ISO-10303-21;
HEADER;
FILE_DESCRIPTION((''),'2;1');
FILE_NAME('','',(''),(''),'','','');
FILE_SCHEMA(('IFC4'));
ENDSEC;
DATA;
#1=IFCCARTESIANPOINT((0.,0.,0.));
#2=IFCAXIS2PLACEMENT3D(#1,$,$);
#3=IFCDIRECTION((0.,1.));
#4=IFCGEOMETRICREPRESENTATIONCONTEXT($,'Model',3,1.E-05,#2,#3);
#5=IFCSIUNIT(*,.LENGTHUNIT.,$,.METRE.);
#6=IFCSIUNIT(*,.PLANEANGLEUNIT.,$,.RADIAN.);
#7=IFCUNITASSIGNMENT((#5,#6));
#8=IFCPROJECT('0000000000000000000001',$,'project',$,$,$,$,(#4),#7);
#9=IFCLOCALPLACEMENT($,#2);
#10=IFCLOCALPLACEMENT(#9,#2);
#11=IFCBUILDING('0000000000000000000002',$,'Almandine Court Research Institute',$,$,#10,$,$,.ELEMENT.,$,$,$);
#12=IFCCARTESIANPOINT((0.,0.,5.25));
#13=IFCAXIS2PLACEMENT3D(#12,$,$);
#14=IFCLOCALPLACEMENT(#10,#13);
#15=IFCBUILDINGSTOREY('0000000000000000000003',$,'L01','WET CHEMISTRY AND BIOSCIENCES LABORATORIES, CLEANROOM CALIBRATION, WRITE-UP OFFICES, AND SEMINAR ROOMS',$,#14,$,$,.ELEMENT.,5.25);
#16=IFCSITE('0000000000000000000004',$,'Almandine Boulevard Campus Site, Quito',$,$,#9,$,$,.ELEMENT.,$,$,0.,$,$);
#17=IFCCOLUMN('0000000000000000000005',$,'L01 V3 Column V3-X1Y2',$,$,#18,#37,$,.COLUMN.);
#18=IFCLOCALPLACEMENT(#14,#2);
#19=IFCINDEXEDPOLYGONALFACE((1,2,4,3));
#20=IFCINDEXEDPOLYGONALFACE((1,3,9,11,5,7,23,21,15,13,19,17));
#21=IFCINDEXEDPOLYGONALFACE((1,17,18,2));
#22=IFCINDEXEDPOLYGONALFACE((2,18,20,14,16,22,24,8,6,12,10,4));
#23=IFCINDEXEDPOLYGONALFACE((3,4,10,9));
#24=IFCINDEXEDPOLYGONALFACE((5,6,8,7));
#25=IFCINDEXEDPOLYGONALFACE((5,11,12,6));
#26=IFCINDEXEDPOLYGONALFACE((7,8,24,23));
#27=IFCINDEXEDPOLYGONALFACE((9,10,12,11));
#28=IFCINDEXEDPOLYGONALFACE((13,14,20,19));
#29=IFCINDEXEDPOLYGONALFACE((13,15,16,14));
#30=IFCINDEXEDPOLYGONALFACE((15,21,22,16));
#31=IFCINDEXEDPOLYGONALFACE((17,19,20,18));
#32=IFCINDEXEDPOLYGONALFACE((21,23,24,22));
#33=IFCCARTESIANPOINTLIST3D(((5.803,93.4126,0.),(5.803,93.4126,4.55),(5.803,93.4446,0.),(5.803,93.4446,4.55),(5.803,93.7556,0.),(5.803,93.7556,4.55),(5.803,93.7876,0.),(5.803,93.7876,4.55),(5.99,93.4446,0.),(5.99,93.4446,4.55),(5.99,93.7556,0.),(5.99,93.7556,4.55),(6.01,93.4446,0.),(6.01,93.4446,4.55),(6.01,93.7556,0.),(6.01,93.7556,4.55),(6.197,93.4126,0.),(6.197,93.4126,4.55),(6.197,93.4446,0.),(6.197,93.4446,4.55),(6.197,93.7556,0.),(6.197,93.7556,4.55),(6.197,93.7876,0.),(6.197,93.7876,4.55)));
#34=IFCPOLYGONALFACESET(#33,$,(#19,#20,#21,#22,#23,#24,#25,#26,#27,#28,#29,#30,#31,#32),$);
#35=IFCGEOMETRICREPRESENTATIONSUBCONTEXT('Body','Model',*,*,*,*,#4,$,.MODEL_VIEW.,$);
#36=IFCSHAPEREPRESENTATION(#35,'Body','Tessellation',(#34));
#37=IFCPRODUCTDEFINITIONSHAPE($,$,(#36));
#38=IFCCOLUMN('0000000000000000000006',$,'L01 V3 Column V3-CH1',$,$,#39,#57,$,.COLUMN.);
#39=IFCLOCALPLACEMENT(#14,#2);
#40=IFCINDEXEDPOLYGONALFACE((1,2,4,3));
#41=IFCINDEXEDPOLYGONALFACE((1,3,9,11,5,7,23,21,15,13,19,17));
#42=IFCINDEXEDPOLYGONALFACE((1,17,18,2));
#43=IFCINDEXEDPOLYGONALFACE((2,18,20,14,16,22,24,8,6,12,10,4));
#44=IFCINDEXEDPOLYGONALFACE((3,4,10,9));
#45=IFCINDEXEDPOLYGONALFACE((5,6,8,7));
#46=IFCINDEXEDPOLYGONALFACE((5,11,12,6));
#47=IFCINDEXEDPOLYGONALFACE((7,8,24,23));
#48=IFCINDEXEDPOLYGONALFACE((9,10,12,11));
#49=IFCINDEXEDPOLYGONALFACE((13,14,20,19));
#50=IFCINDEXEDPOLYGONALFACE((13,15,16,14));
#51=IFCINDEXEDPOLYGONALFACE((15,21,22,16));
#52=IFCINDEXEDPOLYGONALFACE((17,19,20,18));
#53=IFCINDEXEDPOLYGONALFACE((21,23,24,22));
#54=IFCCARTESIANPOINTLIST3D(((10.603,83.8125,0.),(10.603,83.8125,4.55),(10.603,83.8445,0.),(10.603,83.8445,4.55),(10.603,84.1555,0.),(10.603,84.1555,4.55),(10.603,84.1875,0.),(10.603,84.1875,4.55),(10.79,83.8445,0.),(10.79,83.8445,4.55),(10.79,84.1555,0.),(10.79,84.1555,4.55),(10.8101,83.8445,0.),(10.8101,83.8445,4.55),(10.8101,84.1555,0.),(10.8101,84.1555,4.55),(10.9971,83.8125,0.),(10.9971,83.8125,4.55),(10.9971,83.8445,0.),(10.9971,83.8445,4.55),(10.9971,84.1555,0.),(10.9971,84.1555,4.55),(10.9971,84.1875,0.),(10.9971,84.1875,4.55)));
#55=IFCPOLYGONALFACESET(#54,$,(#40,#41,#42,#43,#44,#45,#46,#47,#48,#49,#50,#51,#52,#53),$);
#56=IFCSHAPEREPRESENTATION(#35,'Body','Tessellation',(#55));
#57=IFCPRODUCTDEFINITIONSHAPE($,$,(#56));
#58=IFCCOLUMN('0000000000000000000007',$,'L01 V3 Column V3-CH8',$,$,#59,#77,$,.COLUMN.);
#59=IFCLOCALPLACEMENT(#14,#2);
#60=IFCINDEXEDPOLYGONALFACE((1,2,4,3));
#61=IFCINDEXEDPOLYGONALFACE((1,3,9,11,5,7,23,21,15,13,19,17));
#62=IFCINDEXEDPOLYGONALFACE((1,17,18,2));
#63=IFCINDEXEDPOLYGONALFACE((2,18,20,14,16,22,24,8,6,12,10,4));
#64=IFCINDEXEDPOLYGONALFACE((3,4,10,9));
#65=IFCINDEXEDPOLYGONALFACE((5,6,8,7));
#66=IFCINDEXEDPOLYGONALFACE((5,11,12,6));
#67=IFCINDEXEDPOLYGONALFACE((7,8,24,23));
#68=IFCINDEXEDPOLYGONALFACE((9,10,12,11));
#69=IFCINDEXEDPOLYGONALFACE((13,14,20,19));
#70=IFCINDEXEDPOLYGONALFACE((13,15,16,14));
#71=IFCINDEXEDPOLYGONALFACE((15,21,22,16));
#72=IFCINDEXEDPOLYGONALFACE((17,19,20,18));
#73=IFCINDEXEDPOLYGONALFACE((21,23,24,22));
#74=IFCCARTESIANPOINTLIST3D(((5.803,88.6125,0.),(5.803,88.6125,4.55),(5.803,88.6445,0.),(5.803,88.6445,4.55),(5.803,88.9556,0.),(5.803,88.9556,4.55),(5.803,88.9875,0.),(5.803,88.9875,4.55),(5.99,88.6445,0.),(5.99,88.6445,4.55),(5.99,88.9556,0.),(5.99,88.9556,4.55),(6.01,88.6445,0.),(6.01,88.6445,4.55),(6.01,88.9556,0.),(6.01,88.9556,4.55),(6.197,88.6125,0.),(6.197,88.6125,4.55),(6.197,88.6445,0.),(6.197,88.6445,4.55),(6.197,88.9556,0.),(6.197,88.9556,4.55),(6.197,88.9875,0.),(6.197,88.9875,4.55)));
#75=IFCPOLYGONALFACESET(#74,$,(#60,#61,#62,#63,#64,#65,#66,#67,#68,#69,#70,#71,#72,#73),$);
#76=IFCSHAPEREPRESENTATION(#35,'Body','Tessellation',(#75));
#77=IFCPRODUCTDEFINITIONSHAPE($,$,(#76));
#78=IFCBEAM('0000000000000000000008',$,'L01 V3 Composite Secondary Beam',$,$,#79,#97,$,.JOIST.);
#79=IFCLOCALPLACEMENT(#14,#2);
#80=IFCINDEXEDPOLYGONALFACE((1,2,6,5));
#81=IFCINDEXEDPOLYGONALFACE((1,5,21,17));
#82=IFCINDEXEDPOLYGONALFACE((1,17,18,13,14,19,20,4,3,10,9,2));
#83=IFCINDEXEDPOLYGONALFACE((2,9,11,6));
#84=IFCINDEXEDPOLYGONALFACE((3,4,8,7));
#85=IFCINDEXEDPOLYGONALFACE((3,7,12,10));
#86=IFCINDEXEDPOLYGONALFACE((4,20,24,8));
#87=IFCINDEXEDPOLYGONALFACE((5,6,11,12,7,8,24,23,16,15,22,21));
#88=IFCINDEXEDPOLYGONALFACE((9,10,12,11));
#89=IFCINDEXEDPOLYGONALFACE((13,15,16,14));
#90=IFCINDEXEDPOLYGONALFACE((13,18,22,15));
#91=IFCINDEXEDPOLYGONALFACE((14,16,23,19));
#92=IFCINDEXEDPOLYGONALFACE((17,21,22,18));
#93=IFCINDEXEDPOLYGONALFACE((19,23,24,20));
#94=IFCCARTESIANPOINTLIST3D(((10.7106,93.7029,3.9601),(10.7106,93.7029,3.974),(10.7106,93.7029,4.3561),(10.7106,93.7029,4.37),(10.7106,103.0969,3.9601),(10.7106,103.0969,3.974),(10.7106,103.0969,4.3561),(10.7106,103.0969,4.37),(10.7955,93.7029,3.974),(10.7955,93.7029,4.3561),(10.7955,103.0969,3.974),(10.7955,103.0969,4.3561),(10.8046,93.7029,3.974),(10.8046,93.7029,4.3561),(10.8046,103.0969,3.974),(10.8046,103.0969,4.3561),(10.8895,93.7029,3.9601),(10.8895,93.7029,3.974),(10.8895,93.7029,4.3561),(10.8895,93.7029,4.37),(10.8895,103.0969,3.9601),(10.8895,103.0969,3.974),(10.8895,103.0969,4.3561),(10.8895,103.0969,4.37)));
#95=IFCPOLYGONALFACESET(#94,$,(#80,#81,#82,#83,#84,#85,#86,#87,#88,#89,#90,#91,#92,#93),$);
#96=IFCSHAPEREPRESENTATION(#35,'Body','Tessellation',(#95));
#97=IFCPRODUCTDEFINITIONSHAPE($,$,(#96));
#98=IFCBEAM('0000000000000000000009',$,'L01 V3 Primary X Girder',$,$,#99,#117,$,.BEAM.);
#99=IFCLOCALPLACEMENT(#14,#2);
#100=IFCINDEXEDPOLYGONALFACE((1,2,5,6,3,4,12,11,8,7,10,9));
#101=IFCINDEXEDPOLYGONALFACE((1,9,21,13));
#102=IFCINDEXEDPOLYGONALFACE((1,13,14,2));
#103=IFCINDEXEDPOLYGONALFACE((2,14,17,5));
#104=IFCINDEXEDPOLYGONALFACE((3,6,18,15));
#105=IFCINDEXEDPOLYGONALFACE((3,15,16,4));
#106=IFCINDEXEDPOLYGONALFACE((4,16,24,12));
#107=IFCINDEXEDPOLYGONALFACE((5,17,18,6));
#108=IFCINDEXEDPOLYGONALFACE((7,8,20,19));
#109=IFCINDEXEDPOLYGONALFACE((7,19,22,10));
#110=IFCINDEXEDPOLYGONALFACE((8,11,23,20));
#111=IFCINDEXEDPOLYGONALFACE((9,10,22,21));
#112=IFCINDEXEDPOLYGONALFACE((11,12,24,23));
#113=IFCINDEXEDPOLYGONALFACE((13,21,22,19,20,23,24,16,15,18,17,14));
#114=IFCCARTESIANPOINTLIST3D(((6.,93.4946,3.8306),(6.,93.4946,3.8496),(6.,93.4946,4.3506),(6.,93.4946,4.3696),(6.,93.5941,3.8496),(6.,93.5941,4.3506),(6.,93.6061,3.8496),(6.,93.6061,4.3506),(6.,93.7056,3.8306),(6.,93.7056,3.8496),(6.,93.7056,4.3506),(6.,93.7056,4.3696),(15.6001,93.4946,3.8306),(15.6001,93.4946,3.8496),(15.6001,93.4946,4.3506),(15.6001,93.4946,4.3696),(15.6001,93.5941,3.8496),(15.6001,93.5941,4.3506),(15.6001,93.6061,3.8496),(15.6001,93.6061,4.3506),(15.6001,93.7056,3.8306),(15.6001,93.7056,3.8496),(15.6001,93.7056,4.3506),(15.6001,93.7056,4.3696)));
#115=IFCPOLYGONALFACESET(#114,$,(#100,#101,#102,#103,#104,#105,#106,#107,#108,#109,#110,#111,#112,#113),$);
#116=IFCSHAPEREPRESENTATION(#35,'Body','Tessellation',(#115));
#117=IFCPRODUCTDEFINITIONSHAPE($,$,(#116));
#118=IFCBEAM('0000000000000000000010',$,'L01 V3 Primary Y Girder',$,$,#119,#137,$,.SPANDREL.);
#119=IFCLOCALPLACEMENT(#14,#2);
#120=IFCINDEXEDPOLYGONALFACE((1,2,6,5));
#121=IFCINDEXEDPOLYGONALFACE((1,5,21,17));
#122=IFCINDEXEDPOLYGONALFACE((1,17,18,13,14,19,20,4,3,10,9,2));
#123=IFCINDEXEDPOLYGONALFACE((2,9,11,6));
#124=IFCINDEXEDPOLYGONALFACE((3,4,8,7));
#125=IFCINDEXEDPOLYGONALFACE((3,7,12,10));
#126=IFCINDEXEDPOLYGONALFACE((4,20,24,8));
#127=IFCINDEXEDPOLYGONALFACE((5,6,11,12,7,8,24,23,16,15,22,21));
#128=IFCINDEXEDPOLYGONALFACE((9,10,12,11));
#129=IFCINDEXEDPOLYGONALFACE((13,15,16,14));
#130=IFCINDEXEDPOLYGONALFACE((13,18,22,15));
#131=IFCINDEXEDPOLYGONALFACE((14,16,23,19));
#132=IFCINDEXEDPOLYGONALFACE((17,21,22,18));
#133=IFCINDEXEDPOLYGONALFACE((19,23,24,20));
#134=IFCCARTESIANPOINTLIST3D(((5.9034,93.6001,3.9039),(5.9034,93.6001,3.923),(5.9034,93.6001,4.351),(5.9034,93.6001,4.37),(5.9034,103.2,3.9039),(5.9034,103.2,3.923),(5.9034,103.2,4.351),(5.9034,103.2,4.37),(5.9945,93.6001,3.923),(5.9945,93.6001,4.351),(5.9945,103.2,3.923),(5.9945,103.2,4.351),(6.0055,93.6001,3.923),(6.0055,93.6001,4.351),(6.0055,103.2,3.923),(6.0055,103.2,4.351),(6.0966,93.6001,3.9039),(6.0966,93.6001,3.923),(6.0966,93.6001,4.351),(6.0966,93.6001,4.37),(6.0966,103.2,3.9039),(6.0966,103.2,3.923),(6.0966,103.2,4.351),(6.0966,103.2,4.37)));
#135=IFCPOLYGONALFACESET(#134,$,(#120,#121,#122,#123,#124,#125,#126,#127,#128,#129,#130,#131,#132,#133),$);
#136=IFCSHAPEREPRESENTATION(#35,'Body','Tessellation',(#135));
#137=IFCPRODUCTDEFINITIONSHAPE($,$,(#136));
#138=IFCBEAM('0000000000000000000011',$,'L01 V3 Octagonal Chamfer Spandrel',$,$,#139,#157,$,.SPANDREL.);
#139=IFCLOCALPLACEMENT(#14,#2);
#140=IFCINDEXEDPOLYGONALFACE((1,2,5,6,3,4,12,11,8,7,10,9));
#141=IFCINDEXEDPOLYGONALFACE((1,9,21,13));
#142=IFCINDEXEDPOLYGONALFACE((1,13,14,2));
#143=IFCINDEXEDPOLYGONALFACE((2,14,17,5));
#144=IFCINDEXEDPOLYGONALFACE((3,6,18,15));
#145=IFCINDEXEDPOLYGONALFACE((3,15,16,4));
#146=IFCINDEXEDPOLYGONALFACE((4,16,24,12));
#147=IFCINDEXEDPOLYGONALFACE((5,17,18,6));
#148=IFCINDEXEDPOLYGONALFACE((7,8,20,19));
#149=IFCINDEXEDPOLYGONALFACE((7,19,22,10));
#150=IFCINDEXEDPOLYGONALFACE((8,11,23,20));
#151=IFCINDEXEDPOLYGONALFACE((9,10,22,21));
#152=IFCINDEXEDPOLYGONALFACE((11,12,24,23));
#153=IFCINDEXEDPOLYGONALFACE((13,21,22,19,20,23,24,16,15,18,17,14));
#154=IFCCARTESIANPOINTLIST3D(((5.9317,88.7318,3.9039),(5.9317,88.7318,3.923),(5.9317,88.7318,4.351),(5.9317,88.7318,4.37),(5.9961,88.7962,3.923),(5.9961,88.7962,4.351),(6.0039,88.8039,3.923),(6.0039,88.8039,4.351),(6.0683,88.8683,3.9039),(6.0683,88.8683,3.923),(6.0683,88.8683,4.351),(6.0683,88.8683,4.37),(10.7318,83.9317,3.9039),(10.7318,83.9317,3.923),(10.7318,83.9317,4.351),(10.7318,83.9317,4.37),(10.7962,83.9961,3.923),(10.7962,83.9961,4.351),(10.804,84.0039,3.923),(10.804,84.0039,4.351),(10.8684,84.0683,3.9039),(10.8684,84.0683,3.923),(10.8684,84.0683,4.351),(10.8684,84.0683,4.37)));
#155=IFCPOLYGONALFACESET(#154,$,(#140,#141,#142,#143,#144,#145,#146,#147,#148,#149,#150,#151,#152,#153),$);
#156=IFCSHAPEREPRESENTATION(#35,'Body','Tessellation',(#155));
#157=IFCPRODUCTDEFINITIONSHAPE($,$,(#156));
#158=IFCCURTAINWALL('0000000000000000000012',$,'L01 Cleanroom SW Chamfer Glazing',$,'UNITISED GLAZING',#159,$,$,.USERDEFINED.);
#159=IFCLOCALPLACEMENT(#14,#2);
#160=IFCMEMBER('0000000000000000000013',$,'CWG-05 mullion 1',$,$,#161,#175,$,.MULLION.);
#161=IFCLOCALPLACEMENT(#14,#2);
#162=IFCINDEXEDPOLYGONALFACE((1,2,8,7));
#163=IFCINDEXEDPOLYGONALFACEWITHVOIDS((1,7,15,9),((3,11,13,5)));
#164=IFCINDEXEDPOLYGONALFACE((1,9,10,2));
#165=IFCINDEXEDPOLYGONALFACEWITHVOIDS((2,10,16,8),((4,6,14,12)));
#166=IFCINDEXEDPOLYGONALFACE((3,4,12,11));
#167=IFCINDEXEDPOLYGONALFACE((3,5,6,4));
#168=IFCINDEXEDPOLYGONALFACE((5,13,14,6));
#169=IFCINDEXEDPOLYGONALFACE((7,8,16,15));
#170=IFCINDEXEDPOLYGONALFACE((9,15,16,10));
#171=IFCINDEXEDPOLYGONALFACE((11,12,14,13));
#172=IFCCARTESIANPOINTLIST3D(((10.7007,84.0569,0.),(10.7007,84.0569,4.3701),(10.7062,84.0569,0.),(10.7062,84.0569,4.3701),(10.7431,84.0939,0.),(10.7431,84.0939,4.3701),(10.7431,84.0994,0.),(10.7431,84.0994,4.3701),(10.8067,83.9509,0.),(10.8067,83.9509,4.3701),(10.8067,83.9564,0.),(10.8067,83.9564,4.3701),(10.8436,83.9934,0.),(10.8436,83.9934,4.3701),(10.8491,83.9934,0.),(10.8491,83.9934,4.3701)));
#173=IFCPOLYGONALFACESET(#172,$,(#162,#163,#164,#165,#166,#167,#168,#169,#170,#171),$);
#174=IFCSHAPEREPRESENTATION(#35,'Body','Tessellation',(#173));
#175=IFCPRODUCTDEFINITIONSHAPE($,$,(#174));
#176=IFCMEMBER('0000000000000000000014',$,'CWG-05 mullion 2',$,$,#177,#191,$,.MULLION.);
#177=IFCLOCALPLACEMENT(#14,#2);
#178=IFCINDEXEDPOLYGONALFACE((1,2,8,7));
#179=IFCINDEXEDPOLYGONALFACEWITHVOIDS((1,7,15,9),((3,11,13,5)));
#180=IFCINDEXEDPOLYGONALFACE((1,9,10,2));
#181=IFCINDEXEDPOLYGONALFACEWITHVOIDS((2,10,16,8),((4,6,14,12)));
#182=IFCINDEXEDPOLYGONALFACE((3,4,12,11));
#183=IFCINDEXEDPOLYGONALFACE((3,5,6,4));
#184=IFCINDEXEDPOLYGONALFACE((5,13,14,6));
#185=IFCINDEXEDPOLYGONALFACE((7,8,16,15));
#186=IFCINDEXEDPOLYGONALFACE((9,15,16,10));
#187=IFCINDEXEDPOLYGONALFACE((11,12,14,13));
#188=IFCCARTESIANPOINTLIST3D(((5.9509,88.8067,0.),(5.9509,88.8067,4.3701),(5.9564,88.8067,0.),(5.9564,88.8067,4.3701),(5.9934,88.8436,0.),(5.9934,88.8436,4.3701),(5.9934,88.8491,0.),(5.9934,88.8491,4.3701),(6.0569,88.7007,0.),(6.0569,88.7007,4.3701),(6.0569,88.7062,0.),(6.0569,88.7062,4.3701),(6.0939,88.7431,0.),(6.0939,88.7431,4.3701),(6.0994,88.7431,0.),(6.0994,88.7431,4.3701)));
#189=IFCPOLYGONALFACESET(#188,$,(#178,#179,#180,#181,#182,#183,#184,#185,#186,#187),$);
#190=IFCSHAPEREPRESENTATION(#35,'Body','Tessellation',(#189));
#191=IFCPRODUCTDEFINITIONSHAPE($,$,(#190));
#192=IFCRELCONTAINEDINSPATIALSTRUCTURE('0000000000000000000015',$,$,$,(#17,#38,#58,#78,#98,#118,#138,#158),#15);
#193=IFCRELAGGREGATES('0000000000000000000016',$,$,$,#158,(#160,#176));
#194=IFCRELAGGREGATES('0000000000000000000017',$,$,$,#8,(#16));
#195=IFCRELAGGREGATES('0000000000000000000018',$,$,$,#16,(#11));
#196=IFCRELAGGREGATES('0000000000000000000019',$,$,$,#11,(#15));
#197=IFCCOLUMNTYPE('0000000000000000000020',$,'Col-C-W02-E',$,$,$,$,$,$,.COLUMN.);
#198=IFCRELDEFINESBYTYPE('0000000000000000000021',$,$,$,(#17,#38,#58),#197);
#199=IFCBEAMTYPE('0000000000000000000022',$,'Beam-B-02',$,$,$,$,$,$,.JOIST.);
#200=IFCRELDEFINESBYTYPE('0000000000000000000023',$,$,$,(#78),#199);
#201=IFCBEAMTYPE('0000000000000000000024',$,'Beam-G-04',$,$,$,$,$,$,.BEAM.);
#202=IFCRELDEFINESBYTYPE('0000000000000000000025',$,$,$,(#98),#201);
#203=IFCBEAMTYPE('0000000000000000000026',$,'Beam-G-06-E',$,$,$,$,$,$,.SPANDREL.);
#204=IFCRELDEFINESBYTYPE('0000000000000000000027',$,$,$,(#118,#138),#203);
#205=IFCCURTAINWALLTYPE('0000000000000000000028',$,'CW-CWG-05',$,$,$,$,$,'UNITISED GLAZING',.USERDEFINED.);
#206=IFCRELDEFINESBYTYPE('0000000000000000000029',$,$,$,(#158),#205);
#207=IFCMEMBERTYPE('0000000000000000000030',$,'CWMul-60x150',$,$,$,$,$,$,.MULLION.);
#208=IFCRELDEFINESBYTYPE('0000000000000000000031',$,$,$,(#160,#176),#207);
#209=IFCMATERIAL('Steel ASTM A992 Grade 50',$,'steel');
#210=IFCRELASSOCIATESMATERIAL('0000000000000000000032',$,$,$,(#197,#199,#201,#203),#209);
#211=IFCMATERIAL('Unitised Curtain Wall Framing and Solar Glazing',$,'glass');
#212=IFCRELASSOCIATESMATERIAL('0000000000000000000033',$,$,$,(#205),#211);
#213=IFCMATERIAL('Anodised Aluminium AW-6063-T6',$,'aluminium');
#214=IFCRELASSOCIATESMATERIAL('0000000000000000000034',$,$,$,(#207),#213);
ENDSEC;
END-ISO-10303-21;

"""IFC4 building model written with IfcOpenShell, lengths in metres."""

from ifc_helpers import new_model, si_unit, direction, frame, origin, origin_2d, place, context, subcontext, project, spatial, hollow_rectangle, i_section, extrude, material, material_profile, profile_set, type_object, element, aggregate, save


model = new_model("IFC4")

# Units and contexts
model_context = context("Model", 3, precision=1e-05, world=origin(), true_north=direction((0.0, 1.0)))
body_context = subcontext(model_context, "Body", "Model", "MODEL_VIEW")
ifc_project = project(units=[si_unit("LENGTHUNIT", "METRE"), si_unit("PLANEANGLEUNIT", "RADIAN")], contexts=[model_context])

# Site, building, storey
site_placement = place(None, origin())
site = spatial("IfcSite", under=ifc_project, at=site_placement, Name="Almandine Boulevard Campus Site, Quito", CompositionType="ELEMENT", RefElevation=0.0)
building_placement = place(site_placement, origin())
building = spatial("IfcBuilding", under=site, at=building_placement, Name="Almandine Court Research Institute", CompositionType="ELEMENT")
storey_placement = place(building_placement, frame((0.0, 0.0, 5.25)))
storey = spatial("IfcBuildingStorey", under=building, at=storey_placement, Name="L01", Description="WET CHEMISTRY AND BIOSCIENCES LABORATORIES, CLEANROOM CALIBRATION, WRITE-UP OFFICES, AND SEMINAR ROOMS", CompositionType="ELEMENT", Elevation=5.25)

# Columns
ifc_material_1 = material(Name="Steel ASTM A992 Grade 50", Category="steel")
ifc_material_profile_1 = material_profile(ifc_material_1, i_section(OverallWidth=0.394, OverallDepth=0.375, WebThickness=0.02, FlangeThickness=0.032, at=origin_2d()), Name="W360x216")
ifc_profile_set_1 = profile_set([ifc_material_profile_1], Name="Steel ASTM A992 Grade 50")
column_type = type_object("IfcColumnType", Name="Col-C-W02-E", PredefinedType="COLUMN", material=ifc_profile_set_1)
for number, where, z_axis, x_axis, name in (
    (1, (6.0, 93.6001, 0.0), (0.0, 0.0, 1.0), (1.0, 0.0, 0.0), "L01 V3 Column V3-X1Y2"),
    (2, (10.8, 84.0, 0.0), (0.0, 0.0, 1.0), (1.0, 0.0, 0.0), "L01 V3 Column V3-CH1"),
    (3, (6.0, 88.8, 0.0), (0.0, 0.0, 1.0), (1.0, 0.0, 0.0), "L01 V3 Column V3-CH8"),
):
    element("IfcColumn", number, at=place(storey_placement, frame(where, z_axis=z_axis, x_axis=x_axis)), inside=storey, type_object=column_type, Name=name, PredefinedType="COLUMN", context=body_context, shape_type="SweptSolid", body=[
        extrude(i_section(OverallWidth=0.394, OverallDepth=0.375, WebThickness=0.02, FlangeThickness=0.032, at=origin_2d()), origin(), (0.0, 0.0, 1.0), 4.55),
    ])

# Beams
ifc_material_profile_2 = material_profile(ifc_material_1, i_section(OverallWidth=0.179, OverallDepth=0.4099, WebThickness=0.009, FlangeThickness=0.0139, at=origin_2d()), Name="W410x67")
ifc_profile_set_2 = profile_set([ifc_material_profile_2], Name="Steel ASTM A992 Grade 50")
beam_type_1 = type_object("IfcBeamType", Name="Beam-B-02", PredefinedType="JOIST", material=ifc_profile_set_2)
beam_1_placement = place(storey_placement, frame((10.8, 93.7029, 4.165), z_axis=(0.0, 1.0, 0.0), x_axis=(-1.0, 0.0, 0.0)))
element("IfcBeam", 4, at=beam_1_placement, inside=storey, type_object=beam_type_1, Name="L01 V3 Composite Secondary Beam", PredefinedType="JOIST", context=body_context, shape_type="SweptSolid", body=[
    extrude(i_section(OverallWidth=0.179, OverallDepth=0.4099, WebThickness=0.009, FlangeThickness=0.0139, at=origin_2d()), origin(), (0.0, 0.0, 1.0), 9.394),
])
ifc_material_profile_3 = material_profile(ifc_material_1, i_section(OverallWidth=0.2109, OverallDepth=0.5391, WebThickness=0.012, FlangeThickness=0.019, at=origin_2d()), Name="W530x109")
ifc_profile_set_3 = profile_set([ifc_material_profile_3], Name="Steel ASTM A992 Grade 50")
beam_type_2 = type_object("IfcBeamType", Name="Beam-G-04", PredefinedType="BEAM", material=ifc_profile_set_3)
beam_2_placement = place(storey_placement, frame((6.0, 93.6001, 4.1001), z_axis=(1.0, 0.0, 0.0), x_axis=(0.0, 1.0, 0.0)))
element("IfcBeam", 5, at=beam_2_placement, inside=storey, type_object=beam_type_2, Name="L01 V3 Primary X Girder", PredefinedType="BEAM", context=body_context, shape_type="SweptSolid", body=[
    extrude(i_section(OverallWidth=0.2109, OverallDepth=0.5391, WebThickness=0.012, FlangeThickness=0.019, at=origin_2d()), origin(), (0.0, 0.0, 1.0), 9.6001),
])
ifc_material_profile_4 = material_profile(ifc_material_1, i_section(OverallWidth=0.1931, OverallDepth=0.4661, WebThickness=0.011, FlangeThickness=0.019, at=origin_2d()), Name="W460x97")
ifc_profile_set_4 = profile_set([ifc_material_profile_4], Name="Steel ASTM A992 Grade 50")
beam_type_3 = type_object("IfcBeamType", Name="Beam-G-06-E", PredefinedType="SPANDREL", material=ifc_profile_set_4)
beam_3_placement = place(storey_placement, frame((6.0, 93.6001, 4.137), z_axis=(0.0, 1.0, 0.0), x_axis=(-1.0, 0.0, 0.0)))
element("IfcBeam", 6, at=beam_3_placement, inside=storey, type_object=beam_type_3, Name="L01 V3 Primary Y Girder", PredefinedType="SPANDREL", context=body_context, shape_type="SweptSolid", body=[
    extrude(i_section(OverallWidth=0.1931, OverallDepth=0.4661, WebThickness=0.011, FlangeThickness=0.019, at=origin_2d()), origin(), (0.0, 0.0, 1.0), 9.5999),
])
beam_4_placement = place(storey_placement, frame((6.0, 88.8, 4.137), z_axis=(0.707107, -0.707107, 0.0), x_axis=(0.707107, 0.707107, 0.0)))
element("IfcBeam", 7, at=beam_4_placement, inside=storey, type_object=beam_type_3, Name="L01 V3 Octagonal Chamfer Spandrel", PredefinedType="SPANDREL", context=body_context, shape_type="SweptSolid", body=[
    extrude(i_section(OverallWidth=0.1931, OverallDepth=0.4661, WebThickness=0.011, FlangeThickness=0.019, at=origin_2d()), origin(), (0.0, 0.0, 1.0), 6.7883),
])

# Curtain wall, members
ifc_material_2 = material(Name="Unitised Curtain Wall Framing and Solar Glazing", Category="glass")
curtain_wall_type = type_object("IfcCurtainWallType", Name="CW-CWG-05", ElementType="UNITISED GLAZING", PredefinedType="USERDEFINED", material=ifc_material_2)
curtain_wall_placement = place(storey_placement, origin())
curtain_wall = element("IfcCurtainWall", 8, at=curtain_wall_placement, inside=storey, type_object=curtain_wall_type, Name="L01 Cleanroom SW Chamfer Glazing", ObjectType="UNITISED GLAZING", PredefinedType="USERDEFINED")
ifc_material_3 = material(Name="Anodised Aluminium AW-6063-T6", Category="aluminium")
ifc_material_profile_5 = material_profile(ifc_material_3, hollow_rectangle(XDim=0.0601, YDim=0.1499, WallThickness=0.0039, at=origin_2d()), Name="ALU RHS 60x150x4")
ifc_profile_set_5 = profile_set([ifc_material_profile_5], Name="Anodised Aluminium AW-6063-T6")
member_type_1 = type_object("IfcMemberType", Name="CWMul-60x150", PredefinedType="MULLION", material=ifc_profile_set_5)
member_1_placement = place(storey_placement, frame((10.7749, 84.0251, 0.0), z_axis=(0.0, 0.0, 1.0), x_axis=(-0.707107, -0.707107, 0.0)))
member_1 = element("IfcMember", 9, at=member_1_placement, type_object=member_type_1, Name="CWG-05 mullion 1", PredefinedType="MULLION", context=body_context, shape_type="SweptSolid", body=[
    extrude(hollow_rectangle(XDim=0.0601, YDim=0.1499, WallThickness=0.0039, at=origin_2d()), origin(), (0.0, 0.0, 1.0), 4.3701),
])
member_2_placement = place(storey_placement, frame((6.0251, 88.7749, 0.0), z_axis=(0.0, 0.0, 1.0), x_axis=(-0.707107, -0.707107, 0.0)))
member_2 = element("IfcMember", 10, at=member_2_placement, type_object=member_type_1, Name="CWG-05 mullion 2", PredefinedType="MULLION", context=body_context, shape_type="SweptSolid", body=[
    extrude(hollow_rectangle(XDim=0.0601, YDim=0.1499, WallThickness=0.0039, at=origin_2d()), origin(), (0.0, 0.0, 1.0), 4.3701),
])
aggregate(curtain_wall, [member_1, member_2])

save(model, "model.ifc")
